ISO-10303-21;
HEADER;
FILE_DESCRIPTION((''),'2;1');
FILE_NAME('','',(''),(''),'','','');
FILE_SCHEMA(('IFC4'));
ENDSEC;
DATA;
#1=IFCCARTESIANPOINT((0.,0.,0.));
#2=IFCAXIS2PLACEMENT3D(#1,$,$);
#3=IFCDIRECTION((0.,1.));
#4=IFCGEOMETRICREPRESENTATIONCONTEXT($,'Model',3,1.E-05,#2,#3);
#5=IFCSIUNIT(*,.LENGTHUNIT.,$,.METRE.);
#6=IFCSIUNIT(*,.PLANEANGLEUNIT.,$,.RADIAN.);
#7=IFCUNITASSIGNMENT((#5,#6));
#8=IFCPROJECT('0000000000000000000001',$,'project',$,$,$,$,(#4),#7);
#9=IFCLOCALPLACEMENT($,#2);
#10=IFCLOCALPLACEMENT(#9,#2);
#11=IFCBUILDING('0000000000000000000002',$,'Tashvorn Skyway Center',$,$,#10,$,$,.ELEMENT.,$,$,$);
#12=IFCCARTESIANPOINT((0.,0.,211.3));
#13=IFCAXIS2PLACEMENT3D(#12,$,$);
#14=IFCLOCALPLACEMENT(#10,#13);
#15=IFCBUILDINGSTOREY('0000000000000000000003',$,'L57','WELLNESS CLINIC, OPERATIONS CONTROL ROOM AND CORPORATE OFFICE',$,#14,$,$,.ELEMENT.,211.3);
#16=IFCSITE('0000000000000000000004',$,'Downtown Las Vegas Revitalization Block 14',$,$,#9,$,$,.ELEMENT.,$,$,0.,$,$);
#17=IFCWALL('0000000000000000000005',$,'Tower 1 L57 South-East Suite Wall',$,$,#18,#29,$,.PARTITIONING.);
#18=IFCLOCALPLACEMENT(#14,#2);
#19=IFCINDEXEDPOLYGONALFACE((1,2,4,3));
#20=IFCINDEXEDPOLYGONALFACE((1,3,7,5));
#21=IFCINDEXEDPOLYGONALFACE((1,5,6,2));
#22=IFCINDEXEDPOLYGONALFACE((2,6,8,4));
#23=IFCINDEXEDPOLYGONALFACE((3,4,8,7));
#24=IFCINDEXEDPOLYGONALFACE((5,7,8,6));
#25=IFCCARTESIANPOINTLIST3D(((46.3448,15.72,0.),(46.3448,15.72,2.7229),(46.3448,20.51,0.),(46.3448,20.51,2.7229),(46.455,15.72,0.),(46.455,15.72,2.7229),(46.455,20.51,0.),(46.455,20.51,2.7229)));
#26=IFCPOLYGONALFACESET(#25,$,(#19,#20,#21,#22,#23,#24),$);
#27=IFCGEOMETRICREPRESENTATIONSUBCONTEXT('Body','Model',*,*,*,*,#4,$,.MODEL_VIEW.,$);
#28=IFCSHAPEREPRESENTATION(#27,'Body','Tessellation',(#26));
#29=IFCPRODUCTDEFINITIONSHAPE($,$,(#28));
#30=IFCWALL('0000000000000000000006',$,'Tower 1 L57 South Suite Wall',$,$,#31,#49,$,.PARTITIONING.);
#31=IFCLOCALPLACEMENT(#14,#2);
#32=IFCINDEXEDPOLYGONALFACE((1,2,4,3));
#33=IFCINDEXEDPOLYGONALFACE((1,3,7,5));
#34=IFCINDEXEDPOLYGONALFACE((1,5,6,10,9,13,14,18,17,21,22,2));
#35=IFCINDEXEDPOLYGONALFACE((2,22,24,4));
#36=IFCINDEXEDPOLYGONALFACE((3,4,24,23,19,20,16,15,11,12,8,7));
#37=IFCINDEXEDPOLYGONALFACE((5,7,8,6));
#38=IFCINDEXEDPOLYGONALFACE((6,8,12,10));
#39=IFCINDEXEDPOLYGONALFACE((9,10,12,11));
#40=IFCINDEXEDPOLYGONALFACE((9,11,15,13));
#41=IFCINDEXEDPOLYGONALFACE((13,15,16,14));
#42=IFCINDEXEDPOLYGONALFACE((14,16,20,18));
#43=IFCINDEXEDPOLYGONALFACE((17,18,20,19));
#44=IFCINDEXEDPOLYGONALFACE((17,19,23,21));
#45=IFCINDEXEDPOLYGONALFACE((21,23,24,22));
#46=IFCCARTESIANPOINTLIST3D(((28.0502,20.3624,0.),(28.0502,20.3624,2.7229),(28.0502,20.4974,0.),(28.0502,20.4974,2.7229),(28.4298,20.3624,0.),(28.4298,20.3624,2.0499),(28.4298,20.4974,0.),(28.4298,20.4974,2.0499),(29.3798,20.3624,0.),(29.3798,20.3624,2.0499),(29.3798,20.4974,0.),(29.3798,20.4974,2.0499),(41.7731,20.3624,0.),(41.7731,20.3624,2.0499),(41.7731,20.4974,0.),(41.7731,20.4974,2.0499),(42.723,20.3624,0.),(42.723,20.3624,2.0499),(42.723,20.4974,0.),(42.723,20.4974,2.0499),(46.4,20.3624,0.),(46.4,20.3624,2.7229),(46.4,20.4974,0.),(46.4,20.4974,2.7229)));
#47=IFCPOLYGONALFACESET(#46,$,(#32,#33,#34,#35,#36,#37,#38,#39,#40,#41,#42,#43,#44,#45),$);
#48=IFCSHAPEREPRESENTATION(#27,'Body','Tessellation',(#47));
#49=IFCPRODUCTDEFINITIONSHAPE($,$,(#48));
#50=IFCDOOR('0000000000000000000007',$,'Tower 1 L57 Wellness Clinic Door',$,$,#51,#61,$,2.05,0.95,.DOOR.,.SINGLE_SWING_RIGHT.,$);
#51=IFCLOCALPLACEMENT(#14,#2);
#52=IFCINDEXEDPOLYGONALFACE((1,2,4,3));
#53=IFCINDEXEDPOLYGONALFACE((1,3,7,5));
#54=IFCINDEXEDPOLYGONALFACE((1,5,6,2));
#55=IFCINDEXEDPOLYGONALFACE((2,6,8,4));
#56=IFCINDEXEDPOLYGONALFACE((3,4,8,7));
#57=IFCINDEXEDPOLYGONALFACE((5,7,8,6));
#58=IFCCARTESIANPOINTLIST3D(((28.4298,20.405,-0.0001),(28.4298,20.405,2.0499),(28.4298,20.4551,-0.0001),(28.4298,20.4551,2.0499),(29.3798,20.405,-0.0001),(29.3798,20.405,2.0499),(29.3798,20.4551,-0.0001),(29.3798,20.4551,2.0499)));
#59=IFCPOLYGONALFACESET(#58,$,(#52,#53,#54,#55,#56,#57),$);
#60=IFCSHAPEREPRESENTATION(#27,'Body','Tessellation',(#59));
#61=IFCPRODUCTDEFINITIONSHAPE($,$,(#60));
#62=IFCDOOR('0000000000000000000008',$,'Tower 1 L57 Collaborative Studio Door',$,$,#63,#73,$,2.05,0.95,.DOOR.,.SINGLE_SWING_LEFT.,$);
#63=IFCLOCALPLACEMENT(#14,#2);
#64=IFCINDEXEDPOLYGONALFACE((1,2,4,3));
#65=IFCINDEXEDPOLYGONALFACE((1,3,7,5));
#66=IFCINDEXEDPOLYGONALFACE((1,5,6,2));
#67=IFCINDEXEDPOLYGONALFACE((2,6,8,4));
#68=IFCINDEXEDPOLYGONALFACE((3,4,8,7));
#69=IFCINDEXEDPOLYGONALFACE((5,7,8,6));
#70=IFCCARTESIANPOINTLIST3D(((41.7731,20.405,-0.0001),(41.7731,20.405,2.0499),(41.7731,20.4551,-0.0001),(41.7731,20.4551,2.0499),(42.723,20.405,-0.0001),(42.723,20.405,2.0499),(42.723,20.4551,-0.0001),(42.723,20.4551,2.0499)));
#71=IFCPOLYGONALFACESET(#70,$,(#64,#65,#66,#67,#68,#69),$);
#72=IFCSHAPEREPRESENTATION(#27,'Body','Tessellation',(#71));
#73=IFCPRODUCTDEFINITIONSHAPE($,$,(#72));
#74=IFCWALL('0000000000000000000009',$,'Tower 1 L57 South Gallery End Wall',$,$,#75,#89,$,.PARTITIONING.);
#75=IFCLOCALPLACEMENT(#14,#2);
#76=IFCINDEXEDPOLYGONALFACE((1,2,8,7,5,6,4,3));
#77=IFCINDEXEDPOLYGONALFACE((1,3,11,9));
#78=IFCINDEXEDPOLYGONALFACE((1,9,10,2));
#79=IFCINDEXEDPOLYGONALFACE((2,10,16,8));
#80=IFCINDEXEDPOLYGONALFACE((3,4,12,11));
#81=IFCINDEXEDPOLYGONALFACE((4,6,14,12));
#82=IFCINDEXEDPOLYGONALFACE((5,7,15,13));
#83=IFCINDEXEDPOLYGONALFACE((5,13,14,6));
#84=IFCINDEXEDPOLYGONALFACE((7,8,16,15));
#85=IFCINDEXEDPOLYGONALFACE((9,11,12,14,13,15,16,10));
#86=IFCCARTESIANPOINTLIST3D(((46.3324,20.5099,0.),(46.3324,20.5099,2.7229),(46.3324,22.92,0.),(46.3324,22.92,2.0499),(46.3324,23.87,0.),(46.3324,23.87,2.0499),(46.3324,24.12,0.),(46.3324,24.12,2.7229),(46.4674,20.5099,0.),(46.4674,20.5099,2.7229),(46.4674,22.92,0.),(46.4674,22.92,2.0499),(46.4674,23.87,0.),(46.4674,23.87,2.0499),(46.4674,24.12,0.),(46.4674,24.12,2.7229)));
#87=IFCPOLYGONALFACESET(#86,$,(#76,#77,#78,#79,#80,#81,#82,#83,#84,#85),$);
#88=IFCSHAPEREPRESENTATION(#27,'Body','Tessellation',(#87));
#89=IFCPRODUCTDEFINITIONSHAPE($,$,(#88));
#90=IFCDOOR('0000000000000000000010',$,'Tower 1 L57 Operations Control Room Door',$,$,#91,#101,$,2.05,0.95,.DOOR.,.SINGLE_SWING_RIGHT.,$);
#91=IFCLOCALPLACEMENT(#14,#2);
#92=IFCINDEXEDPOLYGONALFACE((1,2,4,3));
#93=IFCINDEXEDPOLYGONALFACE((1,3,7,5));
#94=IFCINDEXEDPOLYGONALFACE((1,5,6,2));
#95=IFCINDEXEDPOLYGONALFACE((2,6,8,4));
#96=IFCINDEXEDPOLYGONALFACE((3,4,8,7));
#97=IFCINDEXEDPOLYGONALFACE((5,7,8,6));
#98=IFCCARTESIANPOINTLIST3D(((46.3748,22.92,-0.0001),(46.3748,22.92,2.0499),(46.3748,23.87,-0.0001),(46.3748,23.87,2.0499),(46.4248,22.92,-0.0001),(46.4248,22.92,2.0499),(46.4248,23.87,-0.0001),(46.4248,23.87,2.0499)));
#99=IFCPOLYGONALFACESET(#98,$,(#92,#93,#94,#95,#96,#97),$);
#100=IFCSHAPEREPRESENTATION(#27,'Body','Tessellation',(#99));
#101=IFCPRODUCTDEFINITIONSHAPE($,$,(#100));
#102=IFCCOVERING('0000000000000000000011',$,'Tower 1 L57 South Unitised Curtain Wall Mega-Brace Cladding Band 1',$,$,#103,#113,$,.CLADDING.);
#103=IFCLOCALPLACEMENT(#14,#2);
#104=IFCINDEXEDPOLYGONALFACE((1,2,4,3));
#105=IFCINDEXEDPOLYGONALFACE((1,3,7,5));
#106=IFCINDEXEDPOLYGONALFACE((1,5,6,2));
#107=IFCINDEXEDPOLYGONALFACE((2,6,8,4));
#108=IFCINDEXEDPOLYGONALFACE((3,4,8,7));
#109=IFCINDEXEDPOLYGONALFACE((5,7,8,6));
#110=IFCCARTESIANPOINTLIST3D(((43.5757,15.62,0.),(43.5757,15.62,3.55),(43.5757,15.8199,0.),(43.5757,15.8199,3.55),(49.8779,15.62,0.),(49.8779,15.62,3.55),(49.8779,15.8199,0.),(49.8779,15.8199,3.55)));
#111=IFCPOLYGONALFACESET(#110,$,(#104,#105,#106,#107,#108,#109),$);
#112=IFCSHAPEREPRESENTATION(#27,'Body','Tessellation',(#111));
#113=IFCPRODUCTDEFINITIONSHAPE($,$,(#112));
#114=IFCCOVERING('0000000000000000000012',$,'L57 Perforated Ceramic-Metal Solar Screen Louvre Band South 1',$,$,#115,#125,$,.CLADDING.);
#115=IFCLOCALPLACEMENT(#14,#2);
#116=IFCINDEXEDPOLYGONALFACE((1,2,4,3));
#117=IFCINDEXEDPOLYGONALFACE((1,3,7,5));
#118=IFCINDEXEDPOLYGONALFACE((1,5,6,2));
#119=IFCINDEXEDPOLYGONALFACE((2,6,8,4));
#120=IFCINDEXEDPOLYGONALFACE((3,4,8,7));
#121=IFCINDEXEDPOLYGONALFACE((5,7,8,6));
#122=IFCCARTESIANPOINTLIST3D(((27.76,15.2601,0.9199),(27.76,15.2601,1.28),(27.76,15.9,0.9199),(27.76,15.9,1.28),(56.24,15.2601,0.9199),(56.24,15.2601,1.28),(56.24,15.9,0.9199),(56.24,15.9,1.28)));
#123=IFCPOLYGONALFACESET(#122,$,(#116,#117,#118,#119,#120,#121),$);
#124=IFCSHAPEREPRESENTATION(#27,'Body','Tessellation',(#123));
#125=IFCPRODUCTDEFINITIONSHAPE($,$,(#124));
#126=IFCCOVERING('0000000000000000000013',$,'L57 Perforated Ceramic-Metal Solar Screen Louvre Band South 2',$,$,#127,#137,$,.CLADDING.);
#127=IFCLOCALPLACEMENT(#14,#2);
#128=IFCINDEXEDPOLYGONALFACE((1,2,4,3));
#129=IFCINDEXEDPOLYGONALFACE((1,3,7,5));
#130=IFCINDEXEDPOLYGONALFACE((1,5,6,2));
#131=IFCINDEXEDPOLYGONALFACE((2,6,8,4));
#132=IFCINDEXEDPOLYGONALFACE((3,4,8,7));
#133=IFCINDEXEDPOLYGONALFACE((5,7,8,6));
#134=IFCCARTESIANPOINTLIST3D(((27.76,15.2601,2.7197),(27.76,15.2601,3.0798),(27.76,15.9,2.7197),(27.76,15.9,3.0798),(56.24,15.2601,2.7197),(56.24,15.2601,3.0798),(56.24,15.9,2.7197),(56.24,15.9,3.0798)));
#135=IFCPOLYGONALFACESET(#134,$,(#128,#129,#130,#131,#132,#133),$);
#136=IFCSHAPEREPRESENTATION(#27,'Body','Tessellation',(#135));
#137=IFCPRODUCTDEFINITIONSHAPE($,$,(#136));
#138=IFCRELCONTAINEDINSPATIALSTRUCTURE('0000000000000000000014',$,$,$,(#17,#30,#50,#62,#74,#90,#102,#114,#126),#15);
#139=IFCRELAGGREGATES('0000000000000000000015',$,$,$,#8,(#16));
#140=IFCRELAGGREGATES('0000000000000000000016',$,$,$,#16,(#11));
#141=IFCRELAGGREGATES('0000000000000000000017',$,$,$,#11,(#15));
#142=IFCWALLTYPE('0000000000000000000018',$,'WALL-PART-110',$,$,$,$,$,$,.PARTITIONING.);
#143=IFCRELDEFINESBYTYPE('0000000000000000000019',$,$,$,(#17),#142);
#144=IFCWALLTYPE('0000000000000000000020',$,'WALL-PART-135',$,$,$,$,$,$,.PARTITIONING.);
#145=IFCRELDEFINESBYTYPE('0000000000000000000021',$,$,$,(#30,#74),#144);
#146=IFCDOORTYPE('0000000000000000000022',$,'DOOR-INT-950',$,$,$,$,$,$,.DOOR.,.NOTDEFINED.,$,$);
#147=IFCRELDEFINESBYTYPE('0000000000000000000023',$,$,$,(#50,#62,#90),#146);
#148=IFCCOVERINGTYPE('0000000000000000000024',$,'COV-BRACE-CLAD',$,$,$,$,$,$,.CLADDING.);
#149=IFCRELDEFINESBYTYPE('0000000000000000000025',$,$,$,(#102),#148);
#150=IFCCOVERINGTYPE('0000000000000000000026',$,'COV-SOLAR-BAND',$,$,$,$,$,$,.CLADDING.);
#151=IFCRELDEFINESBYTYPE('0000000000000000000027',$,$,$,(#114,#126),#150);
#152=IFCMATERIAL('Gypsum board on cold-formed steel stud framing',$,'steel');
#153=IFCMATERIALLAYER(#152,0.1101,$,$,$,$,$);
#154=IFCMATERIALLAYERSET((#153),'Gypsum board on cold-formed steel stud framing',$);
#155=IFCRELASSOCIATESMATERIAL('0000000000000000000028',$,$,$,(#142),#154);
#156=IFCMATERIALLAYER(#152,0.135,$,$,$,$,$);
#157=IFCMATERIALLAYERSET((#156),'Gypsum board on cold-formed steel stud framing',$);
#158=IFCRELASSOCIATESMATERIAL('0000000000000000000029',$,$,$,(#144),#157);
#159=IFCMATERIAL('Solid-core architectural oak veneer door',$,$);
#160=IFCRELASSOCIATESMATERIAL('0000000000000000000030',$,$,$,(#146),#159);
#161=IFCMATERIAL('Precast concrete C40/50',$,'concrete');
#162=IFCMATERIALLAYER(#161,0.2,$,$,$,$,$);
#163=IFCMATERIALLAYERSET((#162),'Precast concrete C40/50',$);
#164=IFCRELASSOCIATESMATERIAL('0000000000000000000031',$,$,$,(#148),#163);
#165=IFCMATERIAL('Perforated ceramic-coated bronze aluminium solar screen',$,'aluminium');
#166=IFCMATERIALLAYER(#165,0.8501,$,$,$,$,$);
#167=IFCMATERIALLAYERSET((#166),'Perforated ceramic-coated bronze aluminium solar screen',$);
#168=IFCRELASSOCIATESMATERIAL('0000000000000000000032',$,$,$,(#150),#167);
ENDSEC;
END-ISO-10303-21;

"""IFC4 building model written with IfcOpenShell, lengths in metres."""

from ifc_helpers import new_model, si_unit, direction, frame, frame_2d, origin, origin_2d, place, context, subcontext, project, spatial, rectangle, extrude, material, layer, layer_set, type_object, element, fill, save


model = new_model("IFC4")

# Units and contexts
model_context = context("Model", 3, precision=1e-05, world=origin(), true_north=direction((0.0, 1.0)))
body_context = subcontext(model_context, "Body", "Model", "MODEL_VIEW")
ifc_project = project(units=[si_unit("LENGTHUNIT", "METRE"), si_unit("PLANEANGLEUNIT", "RADIAN")], contexts=[model_context])

# Site, building, storey
site_placement = place(None, origin())
site = spatial("IfcSite", under=ifc_project, at=site_placement, Name="Downtown Las Vegas Revitalization Block 14", CompositionType="ELEMENT", RefElevation=0.0)
building_placement = place(site_placement, origin())
building = spatial("IfcBuilding", under=site, at=building_placement, Name="Tashvorn Skyway Center", CompositionType="ELEMENT")
storey_placement = place(building_placement, frame((0.0, 0.0, 211.3)))
storey = spatial("IfcBuildingStorey", under=building, at=storey_placement, Name="L57", Description="WELLNESS CLINIC, OPERATIONS CONTROL ROOM AND CORPORATE OFFICE", CompositionType="ELEMENT", Elevation=211.3)

# Wall
ifc_material_1 = material(Name="Gypsum board on cold-formed steel stud framing", Category="steel")
ifc_layer_1 = layer(ifc_material_1, 0.1101)
ifc_layer_set_1 = layer_set([ifc_layer_1], Name="Gypsum board on cold-formed steel stud framing")
wall_type_1 = type_object("IfcWallType", Name="WALL-PART-110", PredefinedType="PARTITIONING", material=ifc_layer_set_1)
wall_1_placement = place(storey_placement, frame((46.3999, 15.72, 0.0), z_axis=(0.0, 0.0, 1.0), x_axis=(0.0, 1.0, 0.0)))
element("IfcWall", 1, at=wall_1_placement, inside=storey, type_object=wall_type_1, Name="Tower 1 L57 South-East Suite Wall", PredefinedType="PARTITIONING", context=body_context, shape_type="SweptSolid", body=[
    extrude(rectangle(XDim=4.79, YDim=0.1101, at=frame_2d((2.395, 0.0))), origin(), (0.0, 0.0, 1.0), 2.7229),
])

# Wall, openings, doors
ifc_layer_2 = layer(ifc_material_1, 0.135)
ifc_layer_set_2 = layer_set([ifc_layer_2], Name="Gypsum board on cold-formed steel stud framing")
wall_type_2 = type_object("IfcWallType", Name="WALL-PART-135", PredefinedType="PARTITIONING", material=ifc_layer_set_2)
wall_2_placement = place(storey_placement, frame((46.3999, 20.4299, 0.0), z_axis=(0.0, 0.0, 1.0), x_axis=(-1.0, 0.0, 0.0)))
wall_2 = element("IfcWall", 2, at=wall_2_placement, inside=storey, type_object=wall_type_2, Name="Tower 1 L57 South Suite Wall", PredefinedType="PARTITIONING", context=body_context, shape_type="SweptSolid", body=[
    extrude(rectangle(XDim=18.3499, YDim=0.135, at=frame_2d((9.1748, 0.0))), origin(), (0.0, 0.0, 1.0), 2.7229),
])
opening_1_placement = place(wall_2_placement, frame((17.02, 0.0, 0.0)))
opening_1 = element("IfcOpeningElement", 3, at=opening_1_placement, cuts=wall_2, PredefinedType="OPENING", context=body_context, shape_type="SweptSolid", body=[
    extrude(rectangle(XDim=0.95, YDim=2.05, at=frame_2d((0.4751, 1.0249))), frame((0.0, 0.0774, 0.0), z_axis=(0.0, -1.0, 0.0), x_axis=(1.0, 0.0, 0.0)), (0.0, 0.0, 1.0), 0.155),
])
opening_2_placement = place(wall_2_placement, frame((3.6768, 0.0, 0.0)))
opening_2 = element("IfcOpeningElement", 4, at=opening_2_placement, cuts=wall_2, PredefinedType="OPENING", context=body_context, shape_type="SweptSolid", body=[
    extrude(rectangle(XDim=0.95, YDim=2.05, at=frame_2d((0.4751, 1.0249))), frame((0.0, 0.0774, 0.0), z_axis=(0.0, -1.0, 0.0), x_axis=(1.0, 0.0, 0.0)), (0.0, 0.0, 1.0), 0.155),
])
ifc_material_2 = material(Name="Solid-core architectural oak veneer door")
door_type = type_object("IfcDoorType", Name="DOOR-INT-950", OperationType="NOTDEFINED", PredefinedType="DOOR", material=ifc_material_2)
door_1_placement = place(opening_1_placement, origin())
door_1 = element("IfcDoor", 5, at=door_1_placement, inside=storey, type_object=door_type, Name="Tower 1 L57 Wellness Clinic Door", OperationType="SINGLE_SWING_RIGHT", OverallHeight=2.05, OverallWidth=0.95, PredefinedType="DOOR", context=body_context, shape_type="SweptSolid", body=[
    extrude(rectangle(XDim=0.95, YDim=2.05, at=frame_2d((0.4751, 1.0249))), frame((0.0, 0.0249, 0.0), z_axis=(0.0, -1.0, 0.0), x_axis=(1.0, 0.0, 0.0)), (0.0, 0.0, 1.0), 0.05),
])
fill(opening_1, door_1)
door_2_placement = place(opening_2_placement, origin())
door_2 = element("IfcDoor", 6, at=door_2_placement, inside=storey, type_object=door_type, Name="Tower 1 L57 Collaborative Studio Door", OperationType="SINGLE_SWING_LEFT", OverallHeight=2.05, OverallWidth=0.95, PredefinedType="DOOR", context=body_context, shape_type="SweptSolid", body=[
    extrude(rectangle(XDim=0.95, YDim=2.05, at=frame_2d((0.4751, 1.0249))), frame((0.0, 0.0249, 0.0), z_axis=(0.0, -1.0, 0.0), x_axis=(1.0, 0.0, 0.0)), (0.0, 0.0, 1.0), 0.05),
])
fill(opening_2, door_2)

# Wall, opening, door
wall_3_placement = place(storey_placement, frame((46.3999, 24.1201, 0.0), z_axis=(0.0, 0.0, 1.0), x_axis=(0.0, -1.0, 0.0)))
wall_3 = element("IfcWall", 7, at=wall_3_placement, inside=storey, type_object=wall_type_2, Name="Tower 1 L57 South Gallery End Wall", PredefinedType="PARTITIONING", context=body_context, shape_type="SweptSolid", body=[
    extrude(rectangle(XDim=3.6101, YDim=0.135, at=frame_2d((1.8052, 0.0))), origin(), (0.0, 0.0, 1.0), 2.7229),
])
opening_3_placement = place(wall_3_placement, frame((0.25, 0.0, 0.0)))
opening_3 = element("IfcOpeningElement", 8, at=opening_3_placement, cuts=wall_3, PredefinedType="OPENING", context=body_context, shape_type="SweptSolid", body=[
    extrude(rectangle(XDim=0.95, YDim=2.05, at=frame_2d((0.4751, 1.0249))), frame((0.0, 0.0774, 0.0), z_axis=(0.0, -1.0, 0.0), x_axis=(1.0, 0.0, 0.0)), (0.0, 0.0, 1.0), 0.155),
])
door_3_placement = place(opening_3_placement, origin())
door_3 = element("IfcDoor", 9, at=door_3_placement, inside=storey, type_object=door_type, Name="Tower 1 L57 Operations Control Room Door", OperationType="SINGLE_SWING_RIGHT", OverallHeight=2.05, OverallWidth=0.95, PredefinedType="DOOR", context=body_context, shape_type="SweptSolid", body=[
    extrude(rectangle(XDim=0.95, YDim=2.05, at=frame_2d((0.4751, 1.0249))), frame((0.0, 0.0249, 0.0), z_axis=(0.0, -1.0, 0.0), x_axis=(1.0, 0.0, 0.0)), (0.0, 0.0, 1.0), 0.05),
])
fill(opening_3, door_3)

# Coverings
ifc_material_3 = material(Name="Precast concrete C40/50", Category="concrete")
ifc_layer_3 = layer(ifc_material_3, 0.2)
ifc_layer_set_3 = layer_set([ifc_layer_3], Name="Precast concrete C40/50")
covering_type_1 = type_object("IfcCoveringType", Name="COV-BRACE-CLAD", PredefinedType="CLADDING", material=ifc_layer_set_3)
covering_placement = place(storey_placement, frame((46.7268, 15.72, 0.0), z_axis=(0.0, 0.0, 1.0), x_axis=(-1.0, 0.0, 0.0)))
element("IfcCovering", 10, at=covering_placement, inside=storey, type_object=covering_type_1, Name="Tower 1 L57 South Unitised Curtain Wall Mega-Brace Cladding Band 1", PredefinedType="CLADDING", context=body_context, shape_type="SweptSolid", body=[
    extrude(rectangle(XDim=6.3022, YDim=0.2, at=origin_2d()), origin(), (0.0, 0.0, 1.0), 3.55),
])
ifc_material_4 = material(Name="Perforated ceramic-coated bronze aluminium solar screen", Category="aluminium")
ifc_layer_4 = layer(ifc_material_4, 0.8501)
ifc_layer_set_4 = layer_set([ifc_layer_4], Name="Perforated ceramic-coated bronze aluminium solar screen")
covering_type_2 = type_object("IfcCoveringType", Name="COV-SOLAR-BAND", PredefinedType="CLADDING", material=ifc_layer_set_4)
for number, where, z_axis, x_axis, name in (
    (11, (42.0, 15.5801, 0.9199), (0.0, 0.0, 1.0), (-1.0, 0.0, 0.0), "L57 Perforated Ceramic-Metal Solar Screen Louvre Band South 1"),
    (12, (42.0, 15.5801, 2.7197), (0.0, 0.0, 1.0), (-1.0, 0.0, 0.0), "L57 Perforated Ceramic-Metal Solar Screen Louvre Band South 2"),
):
    element("IfcCovering", number, at=place(storey_placement, frame(where, z_axis=z_axis, x_axis=x_axis)), inside=storey, type_object=covering_type_2, Name=name, PredefinedType="CLADDING", context=body_context, shape_type="SweptSolid", body=[
        extrude(rectangle(XDim=28.48, YDim=0.6399, at=origin_2d()), origin(), (0.0, 0.0, 1.0), 0.3601),
    ])

save(model, "model.ifc")
